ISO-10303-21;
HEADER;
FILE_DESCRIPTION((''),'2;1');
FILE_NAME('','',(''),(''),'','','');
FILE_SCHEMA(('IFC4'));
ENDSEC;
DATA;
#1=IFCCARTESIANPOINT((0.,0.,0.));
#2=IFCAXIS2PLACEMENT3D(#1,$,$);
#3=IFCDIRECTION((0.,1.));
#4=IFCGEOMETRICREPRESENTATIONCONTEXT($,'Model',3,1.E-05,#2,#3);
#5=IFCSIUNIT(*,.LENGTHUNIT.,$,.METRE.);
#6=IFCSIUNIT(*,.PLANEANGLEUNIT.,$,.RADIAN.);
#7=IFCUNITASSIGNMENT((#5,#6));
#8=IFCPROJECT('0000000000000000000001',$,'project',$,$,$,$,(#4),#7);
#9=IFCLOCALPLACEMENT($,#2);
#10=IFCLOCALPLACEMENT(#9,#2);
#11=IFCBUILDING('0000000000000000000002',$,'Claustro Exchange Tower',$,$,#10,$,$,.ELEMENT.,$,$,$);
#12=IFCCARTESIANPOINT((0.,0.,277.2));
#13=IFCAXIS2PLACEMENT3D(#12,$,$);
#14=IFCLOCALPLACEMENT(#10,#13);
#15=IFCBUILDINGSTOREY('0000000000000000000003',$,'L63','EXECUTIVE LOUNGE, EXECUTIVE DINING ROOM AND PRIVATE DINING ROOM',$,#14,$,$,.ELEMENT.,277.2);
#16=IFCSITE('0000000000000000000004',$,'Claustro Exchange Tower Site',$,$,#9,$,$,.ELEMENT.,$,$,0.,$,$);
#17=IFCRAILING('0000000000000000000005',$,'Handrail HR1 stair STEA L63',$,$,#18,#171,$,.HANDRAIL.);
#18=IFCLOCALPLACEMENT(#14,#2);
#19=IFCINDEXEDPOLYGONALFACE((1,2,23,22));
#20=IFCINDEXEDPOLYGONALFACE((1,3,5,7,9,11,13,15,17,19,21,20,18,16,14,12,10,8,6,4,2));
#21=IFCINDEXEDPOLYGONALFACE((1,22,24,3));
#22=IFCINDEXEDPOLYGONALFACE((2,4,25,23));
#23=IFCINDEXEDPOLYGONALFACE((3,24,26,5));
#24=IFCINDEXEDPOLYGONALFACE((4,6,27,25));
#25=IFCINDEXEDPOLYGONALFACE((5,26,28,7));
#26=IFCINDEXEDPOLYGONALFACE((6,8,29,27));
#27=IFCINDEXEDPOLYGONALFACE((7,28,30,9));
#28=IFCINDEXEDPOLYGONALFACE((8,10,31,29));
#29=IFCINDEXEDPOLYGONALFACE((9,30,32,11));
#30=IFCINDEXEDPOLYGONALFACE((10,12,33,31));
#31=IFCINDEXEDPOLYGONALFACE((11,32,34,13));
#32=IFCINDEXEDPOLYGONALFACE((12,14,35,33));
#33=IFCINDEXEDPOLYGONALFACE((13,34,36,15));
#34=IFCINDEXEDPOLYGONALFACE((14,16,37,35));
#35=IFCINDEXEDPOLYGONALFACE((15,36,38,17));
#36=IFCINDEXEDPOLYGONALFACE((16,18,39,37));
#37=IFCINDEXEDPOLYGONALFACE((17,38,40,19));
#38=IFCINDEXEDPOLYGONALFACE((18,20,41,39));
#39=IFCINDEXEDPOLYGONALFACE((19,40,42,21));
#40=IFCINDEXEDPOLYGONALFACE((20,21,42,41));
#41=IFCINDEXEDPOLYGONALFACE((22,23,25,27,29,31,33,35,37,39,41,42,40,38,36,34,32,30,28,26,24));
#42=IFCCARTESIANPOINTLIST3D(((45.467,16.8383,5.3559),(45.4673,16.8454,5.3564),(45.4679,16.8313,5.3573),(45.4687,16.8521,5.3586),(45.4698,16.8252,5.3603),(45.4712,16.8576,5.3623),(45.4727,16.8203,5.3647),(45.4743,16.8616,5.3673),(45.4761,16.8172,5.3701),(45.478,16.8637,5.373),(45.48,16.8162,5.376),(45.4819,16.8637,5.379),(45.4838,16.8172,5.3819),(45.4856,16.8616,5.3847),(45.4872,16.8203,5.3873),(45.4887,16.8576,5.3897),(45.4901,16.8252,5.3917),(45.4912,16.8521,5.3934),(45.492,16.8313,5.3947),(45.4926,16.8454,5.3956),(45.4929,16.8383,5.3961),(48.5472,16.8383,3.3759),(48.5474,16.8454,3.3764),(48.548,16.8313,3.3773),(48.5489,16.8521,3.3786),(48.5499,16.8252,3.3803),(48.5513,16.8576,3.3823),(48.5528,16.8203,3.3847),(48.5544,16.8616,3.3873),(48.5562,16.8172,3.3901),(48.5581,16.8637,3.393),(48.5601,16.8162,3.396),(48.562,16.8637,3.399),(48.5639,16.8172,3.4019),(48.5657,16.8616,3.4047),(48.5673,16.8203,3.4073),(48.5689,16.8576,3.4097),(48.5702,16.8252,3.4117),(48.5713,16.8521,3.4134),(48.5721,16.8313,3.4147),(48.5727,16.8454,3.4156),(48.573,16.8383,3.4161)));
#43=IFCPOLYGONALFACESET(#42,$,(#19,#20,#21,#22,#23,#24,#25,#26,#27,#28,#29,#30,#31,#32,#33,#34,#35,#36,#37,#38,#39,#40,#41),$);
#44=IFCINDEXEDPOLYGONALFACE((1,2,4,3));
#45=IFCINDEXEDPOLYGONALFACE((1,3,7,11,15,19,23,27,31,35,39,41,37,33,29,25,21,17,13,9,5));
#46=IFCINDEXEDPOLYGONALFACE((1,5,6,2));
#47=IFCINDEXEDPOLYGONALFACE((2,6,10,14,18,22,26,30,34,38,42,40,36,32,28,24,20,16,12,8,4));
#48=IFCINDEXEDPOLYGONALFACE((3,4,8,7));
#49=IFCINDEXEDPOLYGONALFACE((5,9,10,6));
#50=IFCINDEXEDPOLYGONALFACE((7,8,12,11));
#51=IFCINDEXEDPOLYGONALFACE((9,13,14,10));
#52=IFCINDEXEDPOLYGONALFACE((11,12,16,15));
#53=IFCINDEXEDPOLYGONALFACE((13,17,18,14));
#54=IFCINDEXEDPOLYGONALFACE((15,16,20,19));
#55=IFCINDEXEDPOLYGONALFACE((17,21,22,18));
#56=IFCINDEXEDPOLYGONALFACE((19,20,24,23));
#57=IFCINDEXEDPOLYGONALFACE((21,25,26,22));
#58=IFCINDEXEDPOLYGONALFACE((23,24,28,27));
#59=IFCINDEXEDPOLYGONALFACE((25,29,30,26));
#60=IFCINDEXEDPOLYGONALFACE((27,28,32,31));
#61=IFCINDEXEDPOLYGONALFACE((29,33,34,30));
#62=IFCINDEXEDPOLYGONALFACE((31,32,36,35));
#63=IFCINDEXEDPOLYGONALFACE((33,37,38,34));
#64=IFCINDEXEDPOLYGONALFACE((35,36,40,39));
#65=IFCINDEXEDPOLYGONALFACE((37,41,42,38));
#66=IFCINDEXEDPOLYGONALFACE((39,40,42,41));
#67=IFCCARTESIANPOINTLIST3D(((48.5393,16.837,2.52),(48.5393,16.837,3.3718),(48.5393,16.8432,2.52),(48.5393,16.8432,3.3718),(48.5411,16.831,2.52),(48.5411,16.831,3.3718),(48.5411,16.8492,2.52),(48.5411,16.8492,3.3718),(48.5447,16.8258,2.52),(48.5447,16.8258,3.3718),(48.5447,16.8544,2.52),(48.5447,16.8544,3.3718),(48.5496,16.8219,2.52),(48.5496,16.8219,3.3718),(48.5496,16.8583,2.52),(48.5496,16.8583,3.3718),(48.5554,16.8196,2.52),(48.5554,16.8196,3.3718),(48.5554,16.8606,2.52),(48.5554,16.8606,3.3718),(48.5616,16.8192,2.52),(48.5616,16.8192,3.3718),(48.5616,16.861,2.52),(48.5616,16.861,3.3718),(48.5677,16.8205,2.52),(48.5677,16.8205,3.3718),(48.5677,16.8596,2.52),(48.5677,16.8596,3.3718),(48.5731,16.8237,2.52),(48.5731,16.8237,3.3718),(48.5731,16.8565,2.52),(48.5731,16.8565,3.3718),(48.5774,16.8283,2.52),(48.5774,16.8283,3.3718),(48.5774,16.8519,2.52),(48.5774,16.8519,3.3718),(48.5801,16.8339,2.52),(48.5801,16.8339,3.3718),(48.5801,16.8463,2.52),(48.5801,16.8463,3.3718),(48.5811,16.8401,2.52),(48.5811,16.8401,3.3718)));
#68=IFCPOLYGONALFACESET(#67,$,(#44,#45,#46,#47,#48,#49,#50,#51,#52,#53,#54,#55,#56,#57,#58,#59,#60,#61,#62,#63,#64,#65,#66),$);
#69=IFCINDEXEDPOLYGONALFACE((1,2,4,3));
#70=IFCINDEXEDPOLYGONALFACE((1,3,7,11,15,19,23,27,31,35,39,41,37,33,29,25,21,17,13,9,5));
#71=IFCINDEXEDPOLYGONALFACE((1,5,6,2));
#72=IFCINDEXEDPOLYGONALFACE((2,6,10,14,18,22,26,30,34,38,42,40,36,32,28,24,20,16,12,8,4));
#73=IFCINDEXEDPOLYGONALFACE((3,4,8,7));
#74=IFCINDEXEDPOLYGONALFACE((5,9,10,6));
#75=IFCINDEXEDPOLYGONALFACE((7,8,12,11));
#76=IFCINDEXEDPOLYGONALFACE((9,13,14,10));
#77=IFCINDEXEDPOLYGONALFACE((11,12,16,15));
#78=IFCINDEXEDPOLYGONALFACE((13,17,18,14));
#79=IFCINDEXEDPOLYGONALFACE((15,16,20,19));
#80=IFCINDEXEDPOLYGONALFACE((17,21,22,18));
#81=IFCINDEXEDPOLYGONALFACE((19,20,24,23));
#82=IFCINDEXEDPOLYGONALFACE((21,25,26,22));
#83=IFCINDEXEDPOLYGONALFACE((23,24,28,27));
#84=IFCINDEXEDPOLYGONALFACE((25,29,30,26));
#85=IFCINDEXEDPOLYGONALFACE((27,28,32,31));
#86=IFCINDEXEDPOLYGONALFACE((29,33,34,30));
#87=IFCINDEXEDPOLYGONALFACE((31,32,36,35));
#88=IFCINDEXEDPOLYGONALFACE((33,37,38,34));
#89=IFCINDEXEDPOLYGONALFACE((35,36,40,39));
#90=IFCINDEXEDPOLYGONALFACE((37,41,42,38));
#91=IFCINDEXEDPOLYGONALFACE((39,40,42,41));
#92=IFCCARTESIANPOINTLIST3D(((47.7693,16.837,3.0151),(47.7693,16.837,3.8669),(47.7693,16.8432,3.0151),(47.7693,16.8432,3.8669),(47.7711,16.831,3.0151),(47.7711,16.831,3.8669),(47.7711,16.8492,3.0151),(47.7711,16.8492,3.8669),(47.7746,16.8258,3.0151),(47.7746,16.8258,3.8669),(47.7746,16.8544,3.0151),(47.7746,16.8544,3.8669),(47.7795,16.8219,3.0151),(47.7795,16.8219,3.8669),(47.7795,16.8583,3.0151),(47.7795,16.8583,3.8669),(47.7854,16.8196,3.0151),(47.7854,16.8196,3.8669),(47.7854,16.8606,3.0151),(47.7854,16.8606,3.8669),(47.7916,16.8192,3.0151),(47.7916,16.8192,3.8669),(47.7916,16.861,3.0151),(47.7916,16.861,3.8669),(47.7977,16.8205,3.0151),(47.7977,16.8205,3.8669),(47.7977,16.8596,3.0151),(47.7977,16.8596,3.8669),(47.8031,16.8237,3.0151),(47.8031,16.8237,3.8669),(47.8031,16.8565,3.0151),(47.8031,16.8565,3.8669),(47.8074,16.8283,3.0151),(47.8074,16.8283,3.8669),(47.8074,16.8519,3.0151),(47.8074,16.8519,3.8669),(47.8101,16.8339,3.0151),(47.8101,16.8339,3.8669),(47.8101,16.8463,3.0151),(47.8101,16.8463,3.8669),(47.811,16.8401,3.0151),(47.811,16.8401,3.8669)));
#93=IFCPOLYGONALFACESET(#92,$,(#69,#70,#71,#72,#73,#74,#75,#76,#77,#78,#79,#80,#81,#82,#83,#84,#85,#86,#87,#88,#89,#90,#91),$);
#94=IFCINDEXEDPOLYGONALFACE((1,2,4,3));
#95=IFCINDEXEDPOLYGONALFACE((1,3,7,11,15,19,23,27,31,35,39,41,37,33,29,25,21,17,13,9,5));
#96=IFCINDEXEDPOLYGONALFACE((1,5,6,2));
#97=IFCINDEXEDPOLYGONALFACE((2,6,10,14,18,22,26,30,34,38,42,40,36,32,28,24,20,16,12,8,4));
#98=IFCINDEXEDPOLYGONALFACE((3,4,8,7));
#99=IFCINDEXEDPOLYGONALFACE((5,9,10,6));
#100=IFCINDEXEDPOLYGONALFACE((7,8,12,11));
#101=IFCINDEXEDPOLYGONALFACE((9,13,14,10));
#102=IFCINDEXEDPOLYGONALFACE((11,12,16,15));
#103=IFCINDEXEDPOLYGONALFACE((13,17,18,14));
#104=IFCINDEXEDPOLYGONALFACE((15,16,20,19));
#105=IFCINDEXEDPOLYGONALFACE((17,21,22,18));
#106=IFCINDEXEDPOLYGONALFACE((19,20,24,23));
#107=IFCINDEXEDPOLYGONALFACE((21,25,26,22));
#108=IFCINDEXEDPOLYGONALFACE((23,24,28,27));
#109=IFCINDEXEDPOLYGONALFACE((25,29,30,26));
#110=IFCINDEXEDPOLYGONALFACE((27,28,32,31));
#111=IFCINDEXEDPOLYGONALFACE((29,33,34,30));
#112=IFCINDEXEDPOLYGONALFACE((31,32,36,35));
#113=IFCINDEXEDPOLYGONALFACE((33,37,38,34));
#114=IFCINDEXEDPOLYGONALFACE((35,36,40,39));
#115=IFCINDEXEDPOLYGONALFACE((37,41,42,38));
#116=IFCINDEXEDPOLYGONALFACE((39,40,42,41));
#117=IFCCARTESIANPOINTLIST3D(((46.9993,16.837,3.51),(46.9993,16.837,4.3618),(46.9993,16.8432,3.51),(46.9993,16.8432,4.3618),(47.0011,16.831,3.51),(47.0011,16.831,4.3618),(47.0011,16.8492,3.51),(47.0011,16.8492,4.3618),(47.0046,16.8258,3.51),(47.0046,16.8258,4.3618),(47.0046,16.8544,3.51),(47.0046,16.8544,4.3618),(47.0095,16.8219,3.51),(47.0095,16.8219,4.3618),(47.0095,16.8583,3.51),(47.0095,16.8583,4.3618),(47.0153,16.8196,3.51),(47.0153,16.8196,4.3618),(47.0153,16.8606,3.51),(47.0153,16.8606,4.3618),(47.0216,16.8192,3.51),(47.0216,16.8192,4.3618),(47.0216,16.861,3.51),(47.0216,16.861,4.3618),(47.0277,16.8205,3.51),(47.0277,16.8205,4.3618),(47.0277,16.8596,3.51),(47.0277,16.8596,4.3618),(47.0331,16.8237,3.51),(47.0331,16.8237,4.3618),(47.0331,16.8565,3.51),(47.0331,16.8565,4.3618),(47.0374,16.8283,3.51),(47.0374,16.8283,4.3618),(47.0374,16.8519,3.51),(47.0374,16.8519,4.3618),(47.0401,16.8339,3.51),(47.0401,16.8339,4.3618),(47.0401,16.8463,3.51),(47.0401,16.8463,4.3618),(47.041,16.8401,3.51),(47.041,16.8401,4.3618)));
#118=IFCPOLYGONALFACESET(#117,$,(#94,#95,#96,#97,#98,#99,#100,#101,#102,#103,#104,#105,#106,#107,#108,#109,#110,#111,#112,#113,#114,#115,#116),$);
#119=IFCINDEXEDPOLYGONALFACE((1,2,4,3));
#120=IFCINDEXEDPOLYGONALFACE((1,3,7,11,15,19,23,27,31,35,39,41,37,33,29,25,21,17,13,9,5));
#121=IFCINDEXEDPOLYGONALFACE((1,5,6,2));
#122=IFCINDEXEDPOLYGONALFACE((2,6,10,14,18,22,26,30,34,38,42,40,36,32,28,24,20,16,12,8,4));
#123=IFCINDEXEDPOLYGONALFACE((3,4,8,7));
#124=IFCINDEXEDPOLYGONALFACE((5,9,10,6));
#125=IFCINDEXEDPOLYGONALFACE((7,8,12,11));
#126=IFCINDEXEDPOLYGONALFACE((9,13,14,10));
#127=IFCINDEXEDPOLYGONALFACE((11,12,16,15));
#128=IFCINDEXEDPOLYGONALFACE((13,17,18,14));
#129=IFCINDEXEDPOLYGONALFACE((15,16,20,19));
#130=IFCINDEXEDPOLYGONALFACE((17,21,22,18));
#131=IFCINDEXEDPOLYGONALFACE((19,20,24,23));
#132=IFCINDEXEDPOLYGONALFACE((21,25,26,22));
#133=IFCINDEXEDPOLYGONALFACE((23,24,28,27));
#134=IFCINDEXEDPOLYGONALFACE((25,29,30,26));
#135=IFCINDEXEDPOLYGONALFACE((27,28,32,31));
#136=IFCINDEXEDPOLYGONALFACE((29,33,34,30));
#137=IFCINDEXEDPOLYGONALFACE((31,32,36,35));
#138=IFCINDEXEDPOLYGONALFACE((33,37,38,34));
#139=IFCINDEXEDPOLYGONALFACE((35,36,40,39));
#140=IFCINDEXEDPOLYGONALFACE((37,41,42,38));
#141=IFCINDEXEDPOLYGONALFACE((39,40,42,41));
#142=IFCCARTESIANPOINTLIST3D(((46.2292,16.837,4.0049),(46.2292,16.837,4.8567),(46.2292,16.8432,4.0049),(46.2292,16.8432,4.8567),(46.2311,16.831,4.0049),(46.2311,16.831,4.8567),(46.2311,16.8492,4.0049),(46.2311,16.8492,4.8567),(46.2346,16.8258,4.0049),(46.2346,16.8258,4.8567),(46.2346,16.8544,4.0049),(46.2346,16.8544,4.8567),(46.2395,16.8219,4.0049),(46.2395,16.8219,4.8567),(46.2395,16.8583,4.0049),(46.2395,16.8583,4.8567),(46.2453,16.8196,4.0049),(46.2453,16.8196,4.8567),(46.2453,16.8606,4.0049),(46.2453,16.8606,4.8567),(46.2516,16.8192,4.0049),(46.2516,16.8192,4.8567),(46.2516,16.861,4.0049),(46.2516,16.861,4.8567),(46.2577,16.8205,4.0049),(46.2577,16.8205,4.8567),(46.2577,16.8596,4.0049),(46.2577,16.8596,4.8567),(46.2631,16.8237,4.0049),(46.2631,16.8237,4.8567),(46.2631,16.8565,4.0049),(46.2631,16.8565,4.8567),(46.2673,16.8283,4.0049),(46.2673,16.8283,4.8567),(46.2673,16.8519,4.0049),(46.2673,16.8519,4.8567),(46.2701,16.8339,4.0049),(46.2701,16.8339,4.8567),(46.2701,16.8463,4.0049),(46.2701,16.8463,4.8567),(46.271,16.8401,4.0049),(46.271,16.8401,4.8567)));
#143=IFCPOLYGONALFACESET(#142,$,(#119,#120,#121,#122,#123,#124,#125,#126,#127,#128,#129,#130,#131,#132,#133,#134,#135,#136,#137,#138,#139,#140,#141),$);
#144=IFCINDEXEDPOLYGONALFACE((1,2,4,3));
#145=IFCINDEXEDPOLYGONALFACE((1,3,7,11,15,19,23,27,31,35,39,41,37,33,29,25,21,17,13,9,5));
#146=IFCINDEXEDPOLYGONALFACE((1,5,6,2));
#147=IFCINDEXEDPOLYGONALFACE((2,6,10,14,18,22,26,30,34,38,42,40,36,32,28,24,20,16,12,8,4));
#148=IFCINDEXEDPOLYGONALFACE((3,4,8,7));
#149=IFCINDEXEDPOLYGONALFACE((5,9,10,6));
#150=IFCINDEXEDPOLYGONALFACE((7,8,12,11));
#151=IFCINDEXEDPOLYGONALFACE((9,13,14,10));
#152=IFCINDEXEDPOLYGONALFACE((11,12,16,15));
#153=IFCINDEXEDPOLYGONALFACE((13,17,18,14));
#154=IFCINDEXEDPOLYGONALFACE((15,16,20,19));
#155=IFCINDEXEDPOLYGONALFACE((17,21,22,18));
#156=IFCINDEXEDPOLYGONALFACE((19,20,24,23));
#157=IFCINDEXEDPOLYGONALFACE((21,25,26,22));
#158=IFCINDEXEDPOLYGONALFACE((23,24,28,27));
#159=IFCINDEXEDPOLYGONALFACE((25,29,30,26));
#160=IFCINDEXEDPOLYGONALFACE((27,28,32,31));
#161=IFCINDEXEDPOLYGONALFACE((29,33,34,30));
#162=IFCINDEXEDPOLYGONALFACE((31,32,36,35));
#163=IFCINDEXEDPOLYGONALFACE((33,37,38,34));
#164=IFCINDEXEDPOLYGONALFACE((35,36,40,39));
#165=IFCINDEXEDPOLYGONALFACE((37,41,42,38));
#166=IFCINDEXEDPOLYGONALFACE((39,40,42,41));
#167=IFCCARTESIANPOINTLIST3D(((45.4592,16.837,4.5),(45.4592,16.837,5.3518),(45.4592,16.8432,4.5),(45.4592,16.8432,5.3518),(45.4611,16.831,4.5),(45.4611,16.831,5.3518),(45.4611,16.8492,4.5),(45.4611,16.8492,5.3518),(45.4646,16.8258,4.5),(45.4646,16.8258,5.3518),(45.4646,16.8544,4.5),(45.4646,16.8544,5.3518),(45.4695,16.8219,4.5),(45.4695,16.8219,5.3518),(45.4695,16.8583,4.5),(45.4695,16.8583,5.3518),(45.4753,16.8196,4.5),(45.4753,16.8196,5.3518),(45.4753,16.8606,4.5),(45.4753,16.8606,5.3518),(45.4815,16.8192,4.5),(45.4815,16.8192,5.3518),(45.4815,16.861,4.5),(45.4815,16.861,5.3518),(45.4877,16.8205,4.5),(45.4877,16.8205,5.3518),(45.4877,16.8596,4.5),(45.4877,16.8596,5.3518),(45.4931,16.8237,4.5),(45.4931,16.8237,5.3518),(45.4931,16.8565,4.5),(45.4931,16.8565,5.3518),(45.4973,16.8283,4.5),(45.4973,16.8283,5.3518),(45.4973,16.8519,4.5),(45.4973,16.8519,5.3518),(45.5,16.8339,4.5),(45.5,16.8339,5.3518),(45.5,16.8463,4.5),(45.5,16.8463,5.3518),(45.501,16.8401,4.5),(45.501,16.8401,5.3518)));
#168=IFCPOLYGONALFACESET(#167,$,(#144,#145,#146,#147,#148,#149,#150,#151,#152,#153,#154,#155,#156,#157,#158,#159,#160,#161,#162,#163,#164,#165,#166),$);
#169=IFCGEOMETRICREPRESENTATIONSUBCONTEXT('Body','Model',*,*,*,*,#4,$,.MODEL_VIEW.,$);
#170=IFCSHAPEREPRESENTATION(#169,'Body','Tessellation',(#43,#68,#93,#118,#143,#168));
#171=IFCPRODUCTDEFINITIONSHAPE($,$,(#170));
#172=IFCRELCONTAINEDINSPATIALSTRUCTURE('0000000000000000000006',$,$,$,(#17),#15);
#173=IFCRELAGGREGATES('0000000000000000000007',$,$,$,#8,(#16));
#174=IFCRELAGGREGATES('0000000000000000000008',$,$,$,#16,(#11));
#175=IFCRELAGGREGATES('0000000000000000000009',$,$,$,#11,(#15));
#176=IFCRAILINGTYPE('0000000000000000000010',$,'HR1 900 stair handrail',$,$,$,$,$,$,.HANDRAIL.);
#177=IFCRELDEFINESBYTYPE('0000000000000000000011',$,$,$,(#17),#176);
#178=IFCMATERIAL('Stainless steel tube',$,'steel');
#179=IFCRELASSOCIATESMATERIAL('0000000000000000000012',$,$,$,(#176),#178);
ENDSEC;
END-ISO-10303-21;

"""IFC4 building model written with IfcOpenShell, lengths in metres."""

from ifc_helpers import new_model, si_unit, direction, frame, origin, origin_2d, place, context, subcontext, project, spatial, circle, extrude, material, type_object, element, save


model = new_model("IFC4")

# Units and contexts
model_context = context("Model", 3, precision=1e-05, world=origin(), true_north=direction((0.0, 1.0)))
body_context = subcontext(model_context, "Body", "Model", "MODEL_VIEW")
ifc_project = project(units=[si_unit("LENGTHUNIT", "METRE"), si_unit("PLANEANGLEUNIT", "RADIAN")], contexts=[model_context])

# Site, building, storey
site_placement = place(None, origin())
site = spatial("IfcSite", under=ifc_project, at=site_placement, Name="Claustro Exchange Tower Site", CompositionType="ELEMENT", RefElevation=0.0)
building_placement = place(site_placement, origin())
building = spatial("IfcBuilding", under=site, at=building_placement, Name="Claustro Exchange Tower", CompositionType="ELEMENT")
storey_placement = place(building_placement, frame((0.0, 0.0, 277.2)))
storey = spatial("IfcBuildingStorey", under=building, at=storey_placement, Name="L63", Description="EXECUTIVE LOUNGE, EXECUTIVE DINING ROOM AND PRIVATE DINING ROOM", CompositionType="ELEMENT", Elevation=277.2)

# Railing
ifc_material_1 = material(Name="Stainless steel tube", Category="steel")
railing_type_1 = type_object("IfcRailingType", Name="HR1 900 stair handrail", PredefinedType="HANDRAIL", material=ifc_material_1)
railing_1_placement = place(storey_placement, frame((48.5601, 16.8401, 2.52)))
element("IfcRailing", 1, at=railing_1_placement, inside=storey, type_object=railing_type_1, Name="Handrail HR1 stair STEA L63", PredefinedType="HANDRAIL", context=body_context, shape_type="SweptSolid", body=[
    extrude(circle(Radius=0.0239, at=origin_2d()), frame((0.0, 0.0, 0.876), z_axis=(-0.841187, 0.0, 0.540744), x_axis=(0.0, -1.0, 0.0)), (0.0, 0.0, 1.0), 3.6616),
    extrude(circle(Radius=0.021, at=origin_2d()), origin(), (0.0, 0.0, 1.0), 0.8518),
    extrude(circle(Radius=0.021, at=origin_2d()), frame((-0.77, 0.0, 0.4951)), (0.0, 0.0, 1.0), 0.8518),
    extrude(circle(Radius=0.021, at=origin_2d()), frame((-1.54, 0.0, 0.99)), (0.0, 0.0, 1.0), 0.8518),
    extrude(circle(Radius=0.021, at=origin_2d()), frame((-2.3101, 0.0, 1.4849)), (0.0, 0.0, 1.0), 0.8518),
    extrude(circle(Radius=0.021, at=origin_2d()), frame((-3.0801, 0.0, 1.98)), (0.0, 0.0, 1.0), 0.8518),
])

save(model, "model.ifc")
